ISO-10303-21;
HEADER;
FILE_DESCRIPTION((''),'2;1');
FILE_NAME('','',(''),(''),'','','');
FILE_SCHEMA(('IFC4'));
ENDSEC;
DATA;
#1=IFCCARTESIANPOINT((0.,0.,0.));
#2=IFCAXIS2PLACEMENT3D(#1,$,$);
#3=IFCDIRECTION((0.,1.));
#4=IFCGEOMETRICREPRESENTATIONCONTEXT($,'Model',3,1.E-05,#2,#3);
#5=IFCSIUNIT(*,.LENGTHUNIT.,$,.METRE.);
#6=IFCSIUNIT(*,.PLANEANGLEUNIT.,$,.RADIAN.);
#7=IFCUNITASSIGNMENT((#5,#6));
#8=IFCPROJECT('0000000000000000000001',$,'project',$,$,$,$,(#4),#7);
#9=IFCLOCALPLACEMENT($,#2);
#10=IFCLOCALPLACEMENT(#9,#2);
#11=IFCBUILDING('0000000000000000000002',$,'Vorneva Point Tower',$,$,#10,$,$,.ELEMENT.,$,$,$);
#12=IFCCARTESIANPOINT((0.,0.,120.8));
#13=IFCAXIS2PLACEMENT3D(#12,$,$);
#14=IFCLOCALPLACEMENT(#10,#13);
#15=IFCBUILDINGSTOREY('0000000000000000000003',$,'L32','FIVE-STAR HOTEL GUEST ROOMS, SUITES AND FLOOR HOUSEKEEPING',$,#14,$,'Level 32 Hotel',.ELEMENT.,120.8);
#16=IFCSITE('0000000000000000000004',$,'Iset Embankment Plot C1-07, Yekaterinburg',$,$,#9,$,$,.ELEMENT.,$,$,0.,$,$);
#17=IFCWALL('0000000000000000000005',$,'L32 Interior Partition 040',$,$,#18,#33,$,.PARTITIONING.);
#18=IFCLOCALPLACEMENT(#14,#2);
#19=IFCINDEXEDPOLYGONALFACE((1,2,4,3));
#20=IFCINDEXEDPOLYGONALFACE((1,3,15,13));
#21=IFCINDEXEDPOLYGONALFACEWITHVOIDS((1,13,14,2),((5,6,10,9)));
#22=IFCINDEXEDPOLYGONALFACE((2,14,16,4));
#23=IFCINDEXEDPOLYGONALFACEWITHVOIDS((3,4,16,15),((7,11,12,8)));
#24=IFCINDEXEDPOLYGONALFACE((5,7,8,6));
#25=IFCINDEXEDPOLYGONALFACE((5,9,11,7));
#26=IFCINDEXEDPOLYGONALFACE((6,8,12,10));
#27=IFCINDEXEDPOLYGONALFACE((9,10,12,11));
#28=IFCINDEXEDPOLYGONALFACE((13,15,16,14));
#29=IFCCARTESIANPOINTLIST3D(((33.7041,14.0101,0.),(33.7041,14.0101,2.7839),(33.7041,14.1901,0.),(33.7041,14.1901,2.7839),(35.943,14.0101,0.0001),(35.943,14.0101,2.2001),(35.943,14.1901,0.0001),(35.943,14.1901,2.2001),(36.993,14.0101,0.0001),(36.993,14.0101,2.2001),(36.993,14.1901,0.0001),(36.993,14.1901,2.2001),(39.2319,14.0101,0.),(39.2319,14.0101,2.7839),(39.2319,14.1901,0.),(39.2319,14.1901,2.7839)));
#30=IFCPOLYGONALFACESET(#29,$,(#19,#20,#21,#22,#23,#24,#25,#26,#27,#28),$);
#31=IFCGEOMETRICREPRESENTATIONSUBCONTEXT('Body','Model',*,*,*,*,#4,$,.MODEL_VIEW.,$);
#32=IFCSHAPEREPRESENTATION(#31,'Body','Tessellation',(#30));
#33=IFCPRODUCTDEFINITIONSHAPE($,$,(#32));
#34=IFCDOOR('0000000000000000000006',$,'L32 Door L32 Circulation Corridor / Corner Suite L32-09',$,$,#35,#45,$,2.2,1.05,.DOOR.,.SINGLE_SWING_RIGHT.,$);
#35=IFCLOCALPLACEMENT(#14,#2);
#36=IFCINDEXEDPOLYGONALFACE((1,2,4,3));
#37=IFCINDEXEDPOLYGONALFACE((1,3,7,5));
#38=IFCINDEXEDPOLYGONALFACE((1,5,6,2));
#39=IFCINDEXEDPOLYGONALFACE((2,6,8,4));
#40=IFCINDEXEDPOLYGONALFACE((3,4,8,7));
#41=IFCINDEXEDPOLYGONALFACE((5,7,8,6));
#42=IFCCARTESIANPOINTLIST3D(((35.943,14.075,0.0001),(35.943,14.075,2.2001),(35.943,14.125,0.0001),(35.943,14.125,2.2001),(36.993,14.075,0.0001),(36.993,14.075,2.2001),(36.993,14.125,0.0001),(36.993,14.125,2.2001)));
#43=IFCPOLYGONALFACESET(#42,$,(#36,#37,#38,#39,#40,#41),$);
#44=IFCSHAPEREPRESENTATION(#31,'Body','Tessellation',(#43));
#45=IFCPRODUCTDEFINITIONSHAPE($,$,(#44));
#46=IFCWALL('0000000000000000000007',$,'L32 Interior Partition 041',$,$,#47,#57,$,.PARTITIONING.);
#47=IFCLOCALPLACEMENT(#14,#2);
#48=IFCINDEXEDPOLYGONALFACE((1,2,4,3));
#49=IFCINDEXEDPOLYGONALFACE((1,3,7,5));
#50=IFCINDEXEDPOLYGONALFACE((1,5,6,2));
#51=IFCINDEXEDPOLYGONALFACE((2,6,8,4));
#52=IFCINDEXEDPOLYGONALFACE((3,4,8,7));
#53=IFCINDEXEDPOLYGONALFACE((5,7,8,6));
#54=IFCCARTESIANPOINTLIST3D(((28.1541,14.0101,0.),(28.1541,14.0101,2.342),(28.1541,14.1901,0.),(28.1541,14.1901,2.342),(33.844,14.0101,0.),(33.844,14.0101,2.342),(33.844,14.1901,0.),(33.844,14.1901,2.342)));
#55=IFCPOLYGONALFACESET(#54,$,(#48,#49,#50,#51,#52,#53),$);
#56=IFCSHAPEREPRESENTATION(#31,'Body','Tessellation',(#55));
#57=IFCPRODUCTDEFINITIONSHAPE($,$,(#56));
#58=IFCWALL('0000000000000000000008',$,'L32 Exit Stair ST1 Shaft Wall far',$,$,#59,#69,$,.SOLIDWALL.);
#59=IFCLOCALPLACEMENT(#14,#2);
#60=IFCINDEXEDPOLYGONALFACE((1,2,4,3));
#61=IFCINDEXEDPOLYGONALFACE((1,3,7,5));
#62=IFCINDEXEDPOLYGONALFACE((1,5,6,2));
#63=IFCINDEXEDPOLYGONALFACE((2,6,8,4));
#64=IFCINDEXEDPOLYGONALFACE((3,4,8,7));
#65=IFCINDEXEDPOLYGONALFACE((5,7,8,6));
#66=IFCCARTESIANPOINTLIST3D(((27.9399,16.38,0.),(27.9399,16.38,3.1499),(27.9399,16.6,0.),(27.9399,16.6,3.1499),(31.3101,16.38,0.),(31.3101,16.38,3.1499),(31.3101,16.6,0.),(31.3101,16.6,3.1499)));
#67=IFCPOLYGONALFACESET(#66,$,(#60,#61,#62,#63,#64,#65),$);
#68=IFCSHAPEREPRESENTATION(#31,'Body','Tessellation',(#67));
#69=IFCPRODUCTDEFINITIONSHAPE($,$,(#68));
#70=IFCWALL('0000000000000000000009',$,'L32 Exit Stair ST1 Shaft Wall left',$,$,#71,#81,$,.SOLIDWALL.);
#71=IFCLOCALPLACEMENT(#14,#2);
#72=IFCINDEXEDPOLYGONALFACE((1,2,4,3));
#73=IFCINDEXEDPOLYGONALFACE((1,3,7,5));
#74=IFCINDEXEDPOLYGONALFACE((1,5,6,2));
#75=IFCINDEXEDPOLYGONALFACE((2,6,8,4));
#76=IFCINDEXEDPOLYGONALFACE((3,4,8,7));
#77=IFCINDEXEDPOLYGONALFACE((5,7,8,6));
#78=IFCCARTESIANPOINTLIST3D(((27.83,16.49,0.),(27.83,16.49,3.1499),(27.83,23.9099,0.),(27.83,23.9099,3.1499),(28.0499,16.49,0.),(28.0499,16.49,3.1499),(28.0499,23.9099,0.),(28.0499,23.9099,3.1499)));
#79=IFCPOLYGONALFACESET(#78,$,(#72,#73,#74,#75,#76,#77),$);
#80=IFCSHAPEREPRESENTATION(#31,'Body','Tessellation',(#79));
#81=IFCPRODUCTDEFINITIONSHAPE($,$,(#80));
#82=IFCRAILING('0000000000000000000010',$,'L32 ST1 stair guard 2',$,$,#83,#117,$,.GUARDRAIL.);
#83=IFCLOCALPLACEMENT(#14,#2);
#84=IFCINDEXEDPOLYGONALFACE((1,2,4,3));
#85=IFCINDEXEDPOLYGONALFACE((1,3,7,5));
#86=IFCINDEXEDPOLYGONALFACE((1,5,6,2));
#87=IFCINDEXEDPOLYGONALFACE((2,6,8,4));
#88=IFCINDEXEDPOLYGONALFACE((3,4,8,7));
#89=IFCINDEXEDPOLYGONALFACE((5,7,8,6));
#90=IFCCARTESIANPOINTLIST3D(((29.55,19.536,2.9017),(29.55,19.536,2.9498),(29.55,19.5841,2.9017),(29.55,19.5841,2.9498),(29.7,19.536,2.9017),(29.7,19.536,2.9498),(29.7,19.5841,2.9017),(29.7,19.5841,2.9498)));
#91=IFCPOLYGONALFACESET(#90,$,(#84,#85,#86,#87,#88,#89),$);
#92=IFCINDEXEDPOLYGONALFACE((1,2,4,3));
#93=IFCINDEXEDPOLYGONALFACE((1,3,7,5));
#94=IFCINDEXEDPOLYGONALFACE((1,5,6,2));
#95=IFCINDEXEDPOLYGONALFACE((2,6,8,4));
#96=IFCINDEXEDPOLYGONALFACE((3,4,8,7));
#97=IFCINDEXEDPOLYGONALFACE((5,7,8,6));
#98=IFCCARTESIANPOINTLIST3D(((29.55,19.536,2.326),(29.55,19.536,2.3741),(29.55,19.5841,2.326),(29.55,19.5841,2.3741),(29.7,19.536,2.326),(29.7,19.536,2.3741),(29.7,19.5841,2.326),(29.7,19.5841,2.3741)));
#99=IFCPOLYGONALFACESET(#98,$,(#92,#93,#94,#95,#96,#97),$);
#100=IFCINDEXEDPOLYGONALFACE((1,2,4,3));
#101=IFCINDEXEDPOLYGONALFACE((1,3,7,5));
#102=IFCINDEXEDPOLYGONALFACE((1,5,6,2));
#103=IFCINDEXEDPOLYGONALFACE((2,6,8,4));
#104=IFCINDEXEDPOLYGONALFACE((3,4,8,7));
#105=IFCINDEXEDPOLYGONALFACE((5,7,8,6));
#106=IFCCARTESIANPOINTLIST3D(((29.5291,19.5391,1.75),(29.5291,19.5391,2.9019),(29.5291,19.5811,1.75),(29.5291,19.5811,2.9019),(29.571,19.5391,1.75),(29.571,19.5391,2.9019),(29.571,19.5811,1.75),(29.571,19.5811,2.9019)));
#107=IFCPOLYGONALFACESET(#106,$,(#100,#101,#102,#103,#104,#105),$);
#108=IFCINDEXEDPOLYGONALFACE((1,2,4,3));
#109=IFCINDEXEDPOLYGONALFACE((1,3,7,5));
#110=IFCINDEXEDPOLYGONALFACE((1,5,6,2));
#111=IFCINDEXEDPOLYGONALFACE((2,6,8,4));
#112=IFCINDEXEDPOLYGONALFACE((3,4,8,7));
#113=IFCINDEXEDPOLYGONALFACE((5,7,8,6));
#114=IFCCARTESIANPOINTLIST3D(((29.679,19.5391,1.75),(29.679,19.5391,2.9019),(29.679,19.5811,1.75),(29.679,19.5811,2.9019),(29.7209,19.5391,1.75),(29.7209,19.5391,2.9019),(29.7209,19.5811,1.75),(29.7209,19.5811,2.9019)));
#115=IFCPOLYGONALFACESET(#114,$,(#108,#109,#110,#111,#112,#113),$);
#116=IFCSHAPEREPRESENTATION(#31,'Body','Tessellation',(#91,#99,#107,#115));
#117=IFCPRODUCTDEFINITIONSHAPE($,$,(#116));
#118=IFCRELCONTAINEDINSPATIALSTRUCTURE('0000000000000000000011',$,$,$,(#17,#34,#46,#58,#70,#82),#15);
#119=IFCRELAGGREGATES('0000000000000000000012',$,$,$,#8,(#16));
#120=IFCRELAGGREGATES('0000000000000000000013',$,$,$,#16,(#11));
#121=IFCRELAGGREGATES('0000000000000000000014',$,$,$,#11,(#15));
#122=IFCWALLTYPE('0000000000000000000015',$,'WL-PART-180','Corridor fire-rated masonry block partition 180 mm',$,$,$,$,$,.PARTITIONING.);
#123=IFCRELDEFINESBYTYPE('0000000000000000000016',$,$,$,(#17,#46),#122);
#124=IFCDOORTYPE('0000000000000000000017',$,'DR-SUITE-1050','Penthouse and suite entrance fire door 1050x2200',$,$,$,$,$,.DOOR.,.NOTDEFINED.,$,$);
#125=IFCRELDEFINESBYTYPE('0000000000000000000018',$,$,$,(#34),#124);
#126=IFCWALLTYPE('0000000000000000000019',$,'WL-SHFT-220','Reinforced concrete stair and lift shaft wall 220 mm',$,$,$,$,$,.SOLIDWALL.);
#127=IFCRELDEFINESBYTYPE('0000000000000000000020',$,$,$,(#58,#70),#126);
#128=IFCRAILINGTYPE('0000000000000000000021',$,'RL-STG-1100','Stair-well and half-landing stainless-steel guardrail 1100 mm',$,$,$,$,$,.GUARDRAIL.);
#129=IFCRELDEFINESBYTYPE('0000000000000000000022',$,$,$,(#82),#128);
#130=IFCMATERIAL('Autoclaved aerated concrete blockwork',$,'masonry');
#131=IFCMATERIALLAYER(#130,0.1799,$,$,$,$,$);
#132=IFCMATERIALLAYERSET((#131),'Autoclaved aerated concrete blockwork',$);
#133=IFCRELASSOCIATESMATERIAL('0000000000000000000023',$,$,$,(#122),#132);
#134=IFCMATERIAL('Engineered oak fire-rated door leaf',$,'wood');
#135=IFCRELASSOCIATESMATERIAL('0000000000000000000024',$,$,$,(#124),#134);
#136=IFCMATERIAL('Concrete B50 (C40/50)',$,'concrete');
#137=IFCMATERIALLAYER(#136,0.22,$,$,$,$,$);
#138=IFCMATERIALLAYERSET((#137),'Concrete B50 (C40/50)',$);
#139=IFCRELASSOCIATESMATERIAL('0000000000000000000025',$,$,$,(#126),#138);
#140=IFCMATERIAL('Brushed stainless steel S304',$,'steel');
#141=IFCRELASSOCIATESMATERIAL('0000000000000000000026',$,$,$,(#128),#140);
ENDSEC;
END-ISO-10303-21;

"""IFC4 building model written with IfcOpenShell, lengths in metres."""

from ifc_helpers import new_model, si_unit, direction, frame, frame_2d, origin, origin_2d, place, context, subcontext, project, spatial, rectangle, extrude, material, layer, layer_set, type_object, element, fill, save


model = new_model("IFC4")

# Units and contexts
model_context = context("Model", 3, precision=1e-05, world=origin(), true_north=direction((0.0, 1.0)))
body_context = subcontext(model_context, "Body", "Model", "MODEL_VIEW")
ifc_project = project(units=[si_unit("LENGTHUNIT", "METRE"), si_unit("PLANEANGLEUNIT", "RADIAN")], contexts=[model_context])

# Site, building, storey
site_placement = place(None, origin())
site = spatial("IfcSite", under=ifc_project, at=site_placement, Name="Iset Embankment Plot C1-07, Yekaterinburg", CompositionType="ELEMENT", RefElevation=0.0)
building_placement = place(site_placement, origin())
building = spatial("IfcBuilding", under=site, at=building_placement, Name="Vorneva Point Tower", CompositionType="ELEMENT")
storey_placement = place(building_placement, frame((0.0, 0.0, 120.8)))
storey = spatial("IfcBuildingStorey", under=building, at=storey_placement, Name="L32", Description="FIVE-STAR HOTEL GUEST ROOMS, SUITES AND FLOOR HOUSEKEEPING", LongName="Level 32 Hotel", CompositionType="ELEMENT", Elevation=120.8)

# Shared definitions
ifc_material_1 = material(Name="Engineered oak fire-rated door leaf", Category="wood")

# Wall, opening, door
ifc_material_2 = material(Name="Autoclaved aerated concrete blockwork", Category="masonry")
ifc_layer_1 = layer(ifc_material_2, 0.1799)
ifc_layer_set_1 = layer_set([ifc_layer_1], Name="Autoclaved aerated concrete blockwork")
wall_type_1 = type_object("IfcWallType", Name="WL-PART-180", Description="Corridor fire-rated masonry block partition 180 mm", PredefinedType="PARTITIONING", material=ifc_layer_set_1)
wall_1_placement = place(storey_placement, frame((33.7041, 14.1001, 0.0), z_axis=(0.0, 0.0, 1.0), x_axis=(1.0, 0.0, 0.0)))
wall_1 = element("IfcWall", 1, at=wall_1_placement, inside=storey, type_object=wall_type_1, Name="L32 Interior Partition 040", PredefinedType="PARTITIONING", context=body_context, shape_type="SweptSolid", body=[
    extrude(rectangle(XDim=5.5278, YDim=0.1799, at=frame_2d((2.7639, 0.0))), origin(), (0.0, 0.0, 1.0), 2.7839),
])
opening_1_placement = place(wall_1_placement, frame((2.239, 0.0, 0.0)))
opening_1 = element("IfcOpeningElement", 2, at=opening_1_placement, cuts=wall_1, PredefinedType="OPENING", context=body_context, shape_type="SweptSolid", body=[
    extrude(rectangle(XDim=1.05, YDim=2.2, at=frame_2d((0.5249, 1.1001))), frame((0.0, 0.105, 0.0), z_axis=(0.0, -1.0, 0.0), x_axis=(1.0, 0.0, 0.0)), (0.0, 0.0, 1.0), 0.2097),
])
door_type_1 = type_object("IfcDoorType", Name="DR-SUITE-1050", Description="Penthouse and suite entrance fire door 1050x2200", OperationType="NOTDEFINED", PredefinedType="DOOR", material=ifc_material_1)
door_1_placement = place(opening_1_placement, origin())
door_1 = element("IfcDoor", 3, at=door_1_placement, inside=storey, type_object=door_type_1, Name="L32 Door L32 Circulation Corridor / Corner Suite L32-09", OperationType="SINGLE_SWING_RIGHT", OverallHeight=2.2, OverallWidth=1.05, PredefinedType="DOOR", context=body_context, shape_type="SweptSolid", body=[
    extrude(rectangle(XDim=1.05, YDim=2.2, at=frame_2d((0.5249, 1.1001))), frame((0.0, 0.0249, 0.0), z_axis=(0.0, -1.0, 0.0), x_axis=(1.0, 0.0, 0.0)), (0.0, 0.0, 1.0), 0.05),
])
fill(opening_1, door_1)

# Walls
wall_2_placement = place(storey_placement, frame((28.1541, 14.1001, 0.0), z_axis=(0.0, 0.0, 1.0), x_axis=(1.0, 0.0, 0.0)))
element("IfcWall", 4, at=wall_2_placement, inside=storey, type_object=wall_type_1, Name="L32 Interior Partition 041", PredefinedType="PARTITIONING", context=body_context, shape_type="SweptSolid", body=[
    extrude(rectangle(XDim=5.6899, YDim=0.1799, at=frame_2d((2.845, 0.0))), origin(), (0.0, 0.0, 1.0), 2.342),
])
ifc_material_3 = material(Name="Concrete B50 (C40/50)", Category="concrete")
ifc_layer_2 = layer(ifc_material_3, 0.22)
ifc_layer_set_2 = layer_set([ifc_layer_2], Name="Concrete B50 (C40/50)")
wall_type_2 = type_object("IfcWallType", Name="WL-SHFT-220", Description="Reinforced concrete stair and lift shaft wall 220 mm", PredefinedType="SOLIDWALL", material=ifc_layer_set_2)
wall_3_placement = place(storey_placement, frame((31.3101, 16.49, 0.0), z_axis=(0.0, 0.0, 1.0), x_axis=(-1.0, 0.0, 0.0)))
element("IfcWall", 5, at=wall_3_placement, inside=storey, type_object=wall_type_2, Name="L32 Exit Stair ST1 Shaft Wall far", PredefinedType="SOLIDWALL", context=body_context, shape_type="SweptSolid", body=[
    extrude(rectangle(XDim=3.3701, YDim=0.22, at=frame_2d((1.6851, 0.0))), origin(), (0.0, 0.0, 1.0), 3.1499),
])
wall_4_placement = place(storey_placement, frame((27.9399, 16.49, 0.0), z_axis=(0.0, 0.0, 1.0), x_axis=(0.0, 1.0, 0.0)))
element("IfcWall", 6, at=wall_4_placement, inside=storey, type_object=wall_type_2, Name="L32 Exit Stair ST1 Shaft Wall left", PredefinedType="SOLIDWALL", context=body_context, shape_type="SweptSolid", body=[
    extrude(rectangle(XDim=7.4199, YDim=0.22, at=frame_2d((3.71, 0.0))), origin(), (0.0, 0.0, 1.0), 3.1499),
])

# Railing
ifc_material_4 = material(Name="Brushed stainless steel S304", Category="steel")
railing_type = type_object("IfcRailingType", Name="RL-STG-1100", Description="Stair-well and half-landing stainless-steel guardrail 1100 mm", PredefinedType="GUARDRAIL", material=ifc_material_4)
railing_placement = place(storey_placement, frame((29.55, 19.5601, 1.75)))
element("IfcRailing", 7, at=railing_placement, inside=storey, type_object=railing_type, Name="L32 ST1 stair guard 2", PredefinedType="GUARDRAIL", context=body_context, shape_type="SweptSolid", body=[
    extrude(rectangle(XDim=0.0481, YDim=0.0481, at=origin_2d()), frame((0.0, 0.0, 1.1758), z_axis=(1.0, 0.0, 0.0), x_axis=(0.0, 1.0, 0.0)), (0.0, 0.0, 1.0), 0.1499),
    extrude(rectangle(XDim=0.0481, YDim=0.0481, at=origin_2d()), frame((0.0, 0.0, 0.6001), z_axis=(1.0, 0.0, 0.0), x_axis=(0.0, 1.0, 0.0)), (0.0, 0.0, 1.0), 0.1499),
    extrude(rectangle(XDim=0.042, YDim=0.042, at=origin_2d()), origin(), (0.0, 0.0, 1.0), 1.1519),
    extrude(rectangle(XDim=0.042, YDim=0.042, at=origin_2d()), frame((0.1499, 0.0, 0.0)), (0.0, 0.0, 1.0), 1.1519),
])

save(model, "model.ifc")
